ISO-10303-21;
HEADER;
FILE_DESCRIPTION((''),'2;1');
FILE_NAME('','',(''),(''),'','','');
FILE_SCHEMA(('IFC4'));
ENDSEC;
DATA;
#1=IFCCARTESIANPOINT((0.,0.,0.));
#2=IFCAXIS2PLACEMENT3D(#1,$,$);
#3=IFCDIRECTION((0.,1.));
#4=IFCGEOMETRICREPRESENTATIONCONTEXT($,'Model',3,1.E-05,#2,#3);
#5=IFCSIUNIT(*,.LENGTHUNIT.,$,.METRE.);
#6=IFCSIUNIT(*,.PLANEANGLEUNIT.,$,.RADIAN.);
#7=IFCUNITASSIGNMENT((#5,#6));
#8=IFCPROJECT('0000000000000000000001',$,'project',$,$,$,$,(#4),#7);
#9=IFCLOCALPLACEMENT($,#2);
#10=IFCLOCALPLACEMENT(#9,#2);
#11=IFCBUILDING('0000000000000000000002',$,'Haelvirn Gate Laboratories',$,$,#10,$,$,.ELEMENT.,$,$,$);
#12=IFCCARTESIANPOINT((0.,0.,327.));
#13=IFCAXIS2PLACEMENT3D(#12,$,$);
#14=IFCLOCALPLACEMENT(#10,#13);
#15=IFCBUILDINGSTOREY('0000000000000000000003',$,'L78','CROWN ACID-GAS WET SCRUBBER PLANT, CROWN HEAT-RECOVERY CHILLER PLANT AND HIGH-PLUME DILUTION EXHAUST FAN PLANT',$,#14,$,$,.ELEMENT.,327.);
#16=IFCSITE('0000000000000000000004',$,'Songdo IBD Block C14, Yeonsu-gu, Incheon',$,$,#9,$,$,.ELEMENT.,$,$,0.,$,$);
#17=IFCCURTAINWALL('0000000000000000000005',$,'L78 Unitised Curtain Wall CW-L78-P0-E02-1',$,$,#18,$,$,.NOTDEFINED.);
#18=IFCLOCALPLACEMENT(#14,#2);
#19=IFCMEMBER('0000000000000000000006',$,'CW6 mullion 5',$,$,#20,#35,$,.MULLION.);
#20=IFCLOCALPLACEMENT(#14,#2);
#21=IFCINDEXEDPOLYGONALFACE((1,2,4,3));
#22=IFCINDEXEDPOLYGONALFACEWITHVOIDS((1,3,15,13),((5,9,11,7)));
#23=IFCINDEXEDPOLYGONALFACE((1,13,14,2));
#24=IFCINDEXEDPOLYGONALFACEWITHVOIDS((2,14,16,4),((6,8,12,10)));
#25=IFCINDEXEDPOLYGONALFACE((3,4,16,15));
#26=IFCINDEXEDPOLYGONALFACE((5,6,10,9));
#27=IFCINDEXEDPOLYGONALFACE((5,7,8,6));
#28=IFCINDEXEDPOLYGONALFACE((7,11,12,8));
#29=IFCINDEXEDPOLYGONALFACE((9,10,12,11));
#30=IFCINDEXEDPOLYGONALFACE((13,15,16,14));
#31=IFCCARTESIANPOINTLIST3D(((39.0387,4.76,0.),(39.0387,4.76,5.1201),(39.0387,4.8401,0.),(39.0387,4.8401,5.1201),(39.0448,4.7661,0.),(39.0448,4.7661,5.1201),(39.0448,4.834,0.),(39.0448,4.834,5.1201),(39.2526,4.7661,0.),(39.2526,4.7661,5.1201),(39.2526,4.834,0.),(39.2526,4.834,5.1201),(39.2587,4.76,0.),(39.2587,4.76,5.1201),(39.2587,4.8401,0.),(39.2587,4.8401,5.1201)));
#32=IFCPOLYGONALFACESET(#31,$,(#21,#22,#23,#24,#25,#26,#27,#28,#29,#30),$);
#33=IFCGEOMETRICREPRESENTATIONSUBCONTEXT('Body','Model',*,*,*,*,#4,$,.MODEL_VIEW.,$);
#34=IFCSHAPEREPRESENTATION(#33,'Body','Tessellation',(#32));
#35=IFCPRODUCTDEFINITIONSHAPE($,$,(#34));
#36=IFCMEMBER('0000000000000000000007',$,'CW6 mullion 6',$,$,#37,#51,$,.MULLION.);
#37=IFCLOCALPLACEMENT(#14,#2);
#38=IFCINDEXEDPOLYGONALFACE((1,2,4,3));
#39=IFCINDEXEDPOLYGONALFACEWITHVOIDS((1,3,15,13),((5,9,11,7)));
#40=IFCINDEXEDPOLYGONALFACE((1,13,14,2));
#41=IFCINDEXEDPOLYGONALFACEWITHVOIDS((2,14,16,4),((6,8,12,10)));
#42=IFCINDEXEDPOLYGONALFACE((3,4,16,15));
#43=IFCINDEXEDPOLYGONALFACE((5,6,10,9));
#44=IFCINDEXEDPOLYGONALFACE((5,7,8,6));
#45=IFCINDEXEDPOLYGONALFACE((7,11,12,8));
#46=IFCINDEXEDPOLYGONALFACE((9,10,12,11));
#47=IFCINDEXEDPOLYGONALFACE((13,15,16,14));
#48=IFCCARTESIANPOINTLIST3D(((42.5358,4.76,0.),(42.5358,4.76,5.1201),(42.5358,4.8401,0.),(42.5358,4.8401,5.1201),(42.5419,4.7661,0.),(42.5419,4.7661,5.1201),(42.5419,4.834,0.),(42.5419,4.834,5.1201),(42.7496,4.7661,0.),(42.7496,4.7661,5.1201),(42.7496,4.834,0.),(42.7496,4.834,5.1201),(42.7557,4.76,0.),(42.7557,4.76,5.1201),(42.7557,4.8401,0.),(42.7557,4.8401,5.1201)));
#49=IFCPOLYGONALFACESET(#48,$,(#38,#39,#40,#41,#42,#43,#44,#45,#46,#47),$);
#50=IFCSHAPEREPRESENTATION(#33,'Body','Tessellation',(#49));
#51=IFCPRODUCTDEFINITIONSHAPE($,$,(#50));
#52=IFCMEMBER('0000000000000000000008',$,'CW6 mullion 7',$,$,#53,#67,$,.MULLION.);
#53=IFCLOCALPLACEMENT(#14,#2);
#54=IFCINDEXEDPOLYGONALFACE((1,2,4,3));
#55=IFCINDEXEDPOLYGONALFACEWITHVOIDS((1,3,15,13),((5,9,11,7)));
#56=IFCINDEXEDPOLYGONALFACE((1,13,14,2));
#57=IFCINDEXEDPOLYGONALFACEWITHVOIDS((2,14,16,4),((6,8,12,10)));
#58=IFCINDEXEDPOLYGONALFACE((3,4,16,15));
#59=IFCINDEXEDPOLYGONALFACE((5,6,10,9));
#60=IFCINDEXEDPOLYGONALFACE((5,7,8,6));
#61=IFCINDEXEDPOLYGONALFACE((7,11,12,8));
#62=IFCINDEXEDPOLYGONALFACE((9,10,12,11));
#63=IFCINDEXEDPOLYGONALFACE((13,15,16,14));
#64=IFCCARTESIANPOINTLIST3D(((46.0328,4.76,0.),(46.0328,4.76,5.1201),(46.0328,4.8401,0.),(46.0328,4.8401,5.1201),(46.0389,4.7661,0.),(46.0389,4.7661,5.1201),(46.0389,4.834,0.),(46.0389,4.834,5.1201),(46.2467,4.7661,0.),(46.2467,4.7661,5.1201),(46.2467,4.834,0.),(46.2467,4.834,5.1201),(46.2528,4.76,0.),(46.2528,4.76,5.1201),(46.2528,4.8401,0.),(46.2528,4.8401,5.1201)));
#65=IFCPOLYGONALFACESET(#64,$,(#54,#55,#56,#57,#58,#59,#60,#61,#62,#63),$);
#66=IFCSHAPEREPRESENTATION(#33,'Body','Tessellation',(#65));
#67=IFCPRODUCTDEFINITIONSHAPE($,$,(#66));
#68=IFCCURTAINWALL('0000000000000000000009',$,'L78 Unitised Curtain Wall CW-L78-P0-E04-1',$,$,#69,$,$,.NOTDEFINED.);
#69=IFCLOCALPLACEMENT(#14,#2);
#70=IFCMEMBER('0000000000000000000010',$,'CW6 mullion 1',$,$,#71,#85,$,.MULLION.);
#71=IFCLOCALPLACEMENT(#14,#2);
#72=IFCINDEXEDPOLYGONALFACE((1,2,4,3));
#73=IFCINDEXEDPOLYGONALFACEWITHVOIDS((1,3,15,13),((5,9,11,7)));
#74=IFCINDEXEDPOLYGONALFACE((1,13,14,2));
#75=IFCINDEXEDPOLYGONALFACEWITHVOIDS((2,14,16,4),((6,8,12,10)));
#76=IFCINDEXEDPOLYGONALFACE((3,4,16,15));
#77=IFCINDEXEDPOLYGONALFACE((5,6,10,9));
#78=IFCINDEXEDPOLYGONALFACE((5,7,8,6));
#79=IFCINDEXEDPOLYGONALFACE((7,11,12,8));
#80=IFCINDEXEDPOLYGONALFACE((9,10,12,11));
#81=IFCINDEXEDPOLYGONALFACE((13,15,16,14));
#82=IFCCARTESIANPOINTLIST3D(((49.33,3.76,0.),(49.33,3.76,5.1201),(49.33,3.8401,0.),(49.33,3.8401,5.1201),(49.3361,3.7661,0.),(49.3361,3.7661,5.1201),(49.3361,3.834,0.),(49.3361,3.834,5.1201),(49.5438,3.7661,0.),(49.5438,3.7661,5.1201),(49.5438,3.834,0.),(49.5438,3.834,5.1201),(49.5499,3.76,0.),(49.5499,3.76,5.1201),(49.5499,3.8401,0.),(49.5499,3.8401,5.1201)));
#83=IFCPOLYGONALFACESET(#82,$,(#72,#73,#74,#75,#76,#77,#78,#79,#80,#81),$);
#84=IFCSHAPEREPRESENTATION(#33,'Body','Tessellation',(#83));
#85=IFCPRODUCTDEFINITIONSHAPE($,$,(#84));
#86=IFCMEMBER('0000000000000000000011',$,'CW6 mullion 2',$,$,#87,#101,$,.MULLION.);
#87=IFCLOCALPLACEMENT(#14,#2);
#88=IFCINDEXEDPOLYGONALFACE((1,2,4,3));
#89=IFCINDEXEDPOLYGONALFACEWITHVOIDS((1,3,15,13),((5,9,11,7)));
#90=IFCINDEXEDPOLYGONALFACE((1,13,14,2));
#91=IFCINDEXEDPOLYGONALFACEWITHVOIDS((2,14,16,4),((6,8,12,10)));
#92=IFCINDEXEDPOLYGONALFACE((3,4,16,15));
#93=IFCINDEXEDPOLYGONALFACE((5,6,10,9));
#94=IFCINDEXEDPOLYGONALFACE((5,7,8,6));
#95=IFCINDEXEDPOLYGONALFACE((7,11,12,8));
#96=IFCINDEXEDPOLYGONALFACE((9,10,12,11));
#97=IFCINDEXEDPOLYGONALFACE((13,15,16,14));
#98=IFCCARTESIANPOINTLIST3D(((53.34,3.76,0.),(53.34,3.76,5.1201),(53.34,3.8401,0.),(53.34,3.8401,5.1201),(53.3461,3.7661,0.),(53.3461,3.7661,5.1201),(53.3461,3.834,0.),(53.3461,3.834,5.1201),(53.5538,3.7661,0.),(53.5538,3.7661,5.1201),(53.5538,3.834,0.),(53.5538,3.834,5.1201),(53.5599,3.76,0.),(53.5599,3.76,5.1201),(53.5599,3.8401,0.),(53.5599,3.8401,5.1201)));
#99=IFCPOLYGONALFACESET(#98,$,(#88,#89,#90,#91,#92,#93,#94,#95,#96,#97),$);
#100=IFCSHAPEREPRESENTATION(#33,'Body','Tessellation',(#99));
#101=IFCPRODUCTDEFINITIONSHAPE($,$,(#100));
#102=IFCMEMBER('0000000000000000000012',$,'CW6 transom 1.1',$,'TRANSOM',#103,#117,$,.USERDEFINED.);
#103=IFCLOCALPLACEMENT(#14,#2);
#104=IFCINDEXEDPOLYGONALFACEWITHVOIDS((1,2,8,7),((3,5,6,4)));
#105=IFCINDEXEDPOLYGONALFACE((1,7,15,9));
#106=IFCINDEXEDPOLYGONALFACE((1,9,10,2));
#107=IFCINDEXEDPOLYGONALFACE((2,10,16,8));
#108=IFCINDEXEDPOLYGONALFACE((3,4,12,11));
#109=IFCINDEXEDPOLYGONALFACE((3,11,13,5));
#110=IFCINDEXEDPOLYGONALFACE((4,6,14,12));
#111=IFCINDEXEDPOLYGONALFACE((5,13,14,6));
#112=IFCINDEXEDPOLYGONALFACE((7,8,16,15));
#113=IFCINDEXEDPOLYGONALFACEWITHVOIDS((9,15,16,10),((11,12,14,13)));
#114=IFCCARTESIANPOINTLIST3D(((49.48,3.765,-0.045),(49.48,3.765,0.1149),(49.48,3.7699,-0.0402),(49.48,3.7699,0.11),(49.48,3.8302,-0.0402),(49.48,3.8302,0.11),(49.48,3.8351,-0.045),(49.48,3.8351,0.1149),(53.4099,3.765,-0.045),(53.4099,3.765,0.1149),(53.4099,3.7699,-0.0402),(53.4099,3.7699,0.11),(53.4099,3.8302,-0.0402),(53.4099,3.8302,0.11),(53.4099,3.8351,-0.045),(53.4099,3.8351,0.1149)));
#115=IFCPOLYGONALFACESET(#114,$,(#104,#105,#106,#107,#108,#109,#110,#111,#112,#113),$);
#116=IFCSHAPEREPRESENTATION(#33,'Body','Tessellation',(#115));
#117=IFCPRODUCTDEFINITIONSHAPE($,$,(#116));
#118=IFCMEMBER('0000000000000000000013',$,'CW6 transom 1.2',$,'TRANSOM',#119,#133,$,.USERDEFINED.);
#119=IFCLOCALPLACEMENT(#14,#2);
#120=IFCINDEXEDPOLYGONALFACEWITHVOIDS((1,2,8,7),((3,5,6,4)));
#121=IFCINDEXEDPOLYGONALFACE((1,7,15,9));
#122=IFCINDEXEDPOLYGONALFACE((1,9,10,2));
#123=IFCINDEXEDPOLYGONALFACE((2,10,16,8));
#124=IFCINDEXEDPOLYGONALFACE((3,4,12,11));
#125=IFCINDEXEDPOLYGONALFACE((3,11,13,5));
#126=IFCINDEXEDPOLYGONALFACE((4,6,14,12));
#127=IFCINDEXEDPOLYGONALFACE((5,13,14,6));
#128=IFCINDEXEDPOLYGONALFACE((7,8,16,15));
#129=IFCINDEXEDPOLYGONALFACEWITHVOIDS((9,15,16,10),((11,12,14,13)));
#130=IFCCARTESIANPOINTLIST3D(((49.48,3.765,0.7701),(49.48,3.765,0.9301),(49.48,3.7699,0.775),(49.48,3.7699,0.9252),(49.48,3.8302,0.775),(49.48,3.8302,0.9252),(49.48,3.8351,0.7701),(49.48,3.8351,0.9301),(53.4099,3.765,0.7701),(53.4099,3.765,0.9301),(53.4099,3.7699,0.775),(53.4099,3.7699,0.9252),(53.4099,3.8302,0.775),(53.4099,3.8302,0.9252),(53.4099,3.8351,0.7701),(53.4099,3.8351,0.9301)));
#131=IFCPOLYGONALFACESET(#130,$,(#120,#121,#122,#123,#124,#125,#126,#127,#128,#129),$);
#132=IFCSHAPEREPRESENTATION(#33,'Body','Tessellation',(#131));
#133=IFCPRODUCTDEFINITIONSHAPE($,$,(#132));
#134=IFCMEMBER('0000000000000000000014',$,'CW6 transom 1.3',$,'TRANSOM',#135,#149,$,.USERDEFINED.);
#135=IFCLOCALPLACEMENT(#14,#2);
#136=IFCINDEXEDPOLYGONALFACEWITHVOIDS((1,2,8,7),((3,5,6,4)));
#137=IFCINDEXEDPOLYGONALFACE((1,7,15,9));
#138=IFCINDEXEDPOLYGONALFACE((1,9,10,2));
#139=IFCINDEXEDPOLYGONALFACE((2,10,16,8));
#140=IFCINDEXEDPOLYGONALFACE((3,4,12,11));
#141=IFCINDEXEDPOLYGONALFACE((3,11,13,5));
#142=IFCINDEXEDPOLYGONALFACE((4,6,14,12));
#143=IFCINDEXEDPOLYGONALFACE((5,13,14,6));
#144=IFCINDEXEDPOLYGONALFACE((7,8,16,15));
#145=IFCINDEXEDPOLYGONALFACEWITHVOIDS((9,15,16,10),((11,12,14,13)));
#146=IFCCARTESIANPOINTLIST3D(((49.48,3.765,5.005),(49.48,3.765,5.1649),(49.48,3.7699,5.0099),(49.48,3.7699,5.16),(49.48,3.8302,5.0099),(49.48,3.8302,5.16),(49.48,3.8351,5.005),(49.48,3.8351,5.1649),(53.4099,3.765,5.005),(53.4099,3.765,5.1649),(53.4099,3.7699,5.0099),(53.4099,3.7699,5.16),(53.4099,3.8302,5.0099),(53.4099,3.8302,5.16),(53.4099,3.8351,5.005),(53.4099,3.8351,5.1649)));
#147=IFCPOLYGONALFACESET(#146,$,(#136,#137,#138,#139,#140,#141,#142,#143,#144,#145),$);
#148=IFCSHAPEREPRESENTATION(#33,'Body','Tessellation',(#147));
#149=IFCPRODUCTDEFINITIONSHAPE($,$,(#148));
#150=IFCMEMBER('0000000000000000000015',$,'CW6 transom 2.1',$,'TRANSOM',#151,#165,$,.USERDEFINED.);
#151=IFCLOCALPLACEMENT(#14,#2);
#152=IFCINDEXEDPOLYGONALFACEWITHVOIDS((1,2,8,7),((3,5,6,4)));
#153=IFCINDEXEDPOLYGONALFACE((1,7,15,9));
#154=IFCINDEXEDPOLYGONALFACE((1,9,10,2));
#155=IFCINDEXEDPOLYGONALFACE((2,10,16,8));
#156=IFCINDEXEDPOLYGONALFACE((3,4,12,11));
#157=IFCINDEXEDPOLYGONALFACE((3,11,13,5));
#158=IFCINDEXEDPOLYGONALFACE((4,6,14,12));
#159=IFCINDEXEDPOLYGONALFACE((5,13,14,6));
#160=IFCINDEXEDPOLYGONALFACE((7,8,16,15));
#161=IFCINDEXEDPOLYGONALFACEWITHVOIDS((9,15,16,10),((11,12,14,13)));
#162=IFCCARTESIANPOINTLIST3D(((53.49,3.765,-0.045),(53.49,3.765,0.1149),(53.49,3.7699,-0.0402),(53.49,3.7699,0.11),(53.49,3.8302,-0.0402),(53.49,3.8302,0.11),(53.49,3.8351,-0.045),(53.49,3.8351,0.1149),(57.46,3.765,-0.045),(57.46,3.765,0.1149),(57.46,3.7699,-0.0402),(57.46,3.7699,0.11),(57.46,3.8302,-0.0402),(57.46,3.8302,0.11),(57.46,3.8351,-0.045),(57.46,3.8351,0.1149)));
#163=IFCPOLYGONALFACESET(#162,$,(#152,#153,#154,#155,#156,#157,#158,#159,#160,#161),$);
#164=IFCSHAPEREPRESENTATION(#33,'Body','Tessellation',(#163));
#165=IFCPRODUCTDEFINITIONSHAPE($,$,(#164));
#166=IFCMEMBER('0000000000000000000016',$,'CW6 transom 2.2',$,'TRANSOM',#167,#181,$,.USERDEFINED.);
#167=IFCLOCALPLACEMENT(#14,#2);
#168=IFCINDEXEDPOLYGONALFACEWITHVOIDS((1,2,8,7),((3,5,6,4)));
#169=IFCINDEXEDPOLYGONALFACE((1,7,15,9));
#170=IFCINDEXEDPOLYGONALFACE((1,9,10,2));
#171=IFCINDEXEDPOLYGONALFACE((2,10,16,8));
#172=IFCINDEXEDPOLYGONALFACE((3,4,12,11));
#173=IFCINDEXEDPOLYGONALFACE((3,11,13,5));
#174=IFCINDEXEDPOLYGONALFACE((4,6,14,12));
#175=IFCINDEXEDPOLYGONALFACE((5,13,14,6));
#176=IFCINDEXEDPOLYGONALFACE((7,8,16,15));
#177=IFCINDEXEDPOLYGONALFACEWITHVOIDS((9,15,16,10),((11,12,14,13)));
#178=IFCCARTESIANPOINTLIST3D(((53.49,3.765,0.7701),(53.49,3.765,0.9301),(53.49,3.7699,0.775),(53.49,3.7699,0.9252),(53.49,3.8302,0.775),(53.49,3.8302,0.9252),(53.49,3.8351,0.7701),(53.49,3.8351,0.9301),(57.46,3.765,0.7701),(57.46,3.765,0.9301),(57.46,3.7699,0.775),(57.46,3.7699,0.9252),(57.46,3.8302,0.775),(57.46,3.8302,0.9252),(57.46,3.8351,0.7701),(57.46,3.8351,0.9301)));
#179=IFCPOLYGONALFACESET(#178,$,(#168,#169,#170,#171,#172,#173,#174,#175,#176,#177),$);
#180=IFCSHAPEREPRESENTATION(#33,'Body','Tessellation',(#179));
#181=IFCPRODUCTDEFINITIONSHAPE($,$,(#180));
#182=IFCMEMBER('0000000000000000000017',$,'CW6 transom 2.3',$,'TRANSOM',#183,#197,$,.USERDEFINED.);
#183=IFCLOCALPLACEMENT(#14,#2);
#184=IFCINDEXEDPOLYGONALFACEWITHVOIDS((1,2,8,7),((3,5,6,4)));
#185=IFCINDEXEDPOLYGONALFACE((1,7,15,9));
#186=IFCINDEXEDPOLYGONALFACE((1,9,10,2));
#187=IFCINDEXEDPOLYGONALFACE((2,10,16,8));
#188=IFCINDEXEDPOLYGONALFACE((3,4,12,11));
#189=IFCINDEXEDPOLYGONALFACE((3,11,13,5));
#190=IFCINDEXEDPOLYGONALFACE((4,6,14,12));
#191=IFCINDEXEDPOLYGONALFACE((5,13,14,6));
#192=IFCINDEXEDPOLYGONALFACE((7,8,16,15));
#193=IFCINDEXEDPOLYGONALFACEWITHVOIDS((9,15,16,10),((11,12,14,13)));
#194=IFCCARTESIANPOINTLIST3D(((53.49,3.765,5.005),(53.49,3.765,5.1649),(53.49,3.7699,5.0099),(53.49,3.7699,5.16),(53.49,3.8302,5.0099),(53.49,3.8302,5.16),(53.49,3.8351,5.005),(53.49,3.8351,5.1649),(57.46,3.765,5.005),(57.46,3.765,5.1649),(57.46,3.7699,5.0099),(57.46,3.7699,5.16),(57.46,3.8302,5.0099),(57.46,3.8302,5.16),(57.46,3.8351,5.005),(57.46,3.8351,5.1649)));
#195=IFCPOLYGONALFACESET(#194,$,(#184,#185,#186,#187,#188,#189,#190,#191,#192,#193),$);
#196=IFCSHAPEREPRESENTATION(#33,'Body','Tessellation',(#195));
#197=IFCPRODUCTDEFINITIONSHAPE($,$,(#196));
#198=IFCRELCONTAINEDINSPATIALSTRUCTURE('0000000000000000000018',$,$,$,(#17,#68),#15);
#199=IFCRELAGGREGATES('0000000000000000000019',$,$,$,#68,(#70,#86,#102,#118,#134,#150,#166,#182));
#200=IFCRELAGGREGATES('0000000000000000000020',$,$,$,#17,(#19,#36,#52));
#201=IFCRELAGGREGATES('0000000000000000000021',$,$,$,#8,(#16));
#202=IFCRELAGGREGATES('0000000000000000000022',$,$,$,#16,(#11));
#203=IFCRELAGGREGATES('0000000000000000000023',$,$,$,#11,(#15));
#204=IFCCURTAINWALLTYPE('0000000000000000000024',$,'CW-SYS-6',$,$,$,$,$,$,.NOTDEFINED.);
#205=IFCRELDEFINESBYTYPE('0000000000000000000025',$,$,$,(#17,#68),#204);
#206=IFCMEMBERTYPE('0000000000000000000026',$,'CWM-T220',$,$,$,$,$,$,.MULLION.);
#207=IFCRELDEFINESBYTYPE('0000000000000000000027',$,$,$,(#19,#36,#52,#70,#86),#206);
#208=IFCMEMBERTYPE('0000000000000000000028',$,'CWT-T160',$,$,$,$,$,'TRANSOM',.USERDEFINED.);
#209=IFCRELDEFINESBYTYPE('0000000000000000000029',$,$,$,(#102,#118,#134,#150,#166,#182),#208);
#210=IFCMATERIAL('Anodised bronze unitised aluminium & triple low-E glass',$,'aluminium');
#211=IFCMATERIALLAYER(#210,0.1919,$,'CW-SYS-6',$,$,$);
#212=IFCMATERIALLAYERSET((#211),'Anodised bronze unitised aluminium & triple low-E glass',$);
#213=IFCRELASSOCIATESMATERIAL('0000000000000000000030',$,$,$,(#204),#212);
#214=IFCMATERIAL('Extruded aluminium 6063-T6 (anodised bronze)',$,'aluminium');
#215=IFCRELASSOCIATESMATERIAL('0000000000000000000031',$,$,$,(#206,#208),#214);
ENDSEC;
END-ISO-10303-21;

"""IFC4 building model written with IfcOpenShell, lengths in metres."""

from ifc_helpers import new_model, si_unit, direction, frame, origin, origin_2d, place, context, subcontext, project, spatial, hollow_rectangle, extrude, source, transform, mapped, material, layer, layer_set, material_profile, profile_set, type_object, type_shapes, element, aggregate, save


model = new_model("IFC4")

# Units and contexts
model_context = context("Model", 3, precision=1e-05, world=origin(), true_north=direction((0.0, 1.0)))
body_context = subcontext(model_context, "Body", "Model", "MODEL_VIEW")
ifc_project = project(units=[si_unit("LENGTHUNIT", "METRE"), si_unit("PLANEANGLEUNIT", "RADIAN")], contexts=[model_context])

# Site, building, storey
site_placement = place(None, origin())
site = spatial("IfcSite", under=ifc_project, at=site_placement, Name="Songdo IBD Block C14, Yeonsu-gu, Incheon", CompositionType="ELEMENT", RefElevation=0.0)
building_placement = place(site_placement, origin())
building = spatial("IfcBuilding", under=site, at=building_placement, Name="Haelvirn Gate Laboratories", CompositionType="ELEMENT")
storey_placement = place(building_placement, frame((0.0, 0.0, 327.0)))
storey = spatial("IfcBuildingStorey", under=building, at=storey_placement, Name="L78", Description="CROWN ACID-GAS WET SCRUBBER PLANT, CROWN HEAT-RECOVERY CHILLER PLANT AND HIGH-PLUME DILUTION EXHAUST FAN PLANT", CompositionType="ELEMENT", Elevation=327.0)

# Curtain walls, members
ifc_material_1 = material(Name="Anodised bronze unitised aluminium & triple low-E glass", Category="aluminium")
ifc_layer_1 = layer(ifc_material_1, 0.1919, Name="CW-SYS-6")
ifc_layer_set_1 = layer_set([ifc_layer_1], Name="Anodised bronze unitised aluminium & triple low-E glass")
curtain_wall_type = type_object("IfcCurtainWallType", Name="CW-SYS-6", PredefinedType="NOTDEFINED", material=ifc_layer_set_1)
curtain_wall_1_placement = place(storey_placement, origin())
curtain_wall_1 = element("IfcCurtainWall", 1, at=curtain_wall_1_placement, inside=storey, type_object=curtain_wall_type, Name="L78 Unitised Curtain Wall CW-L78-P0-E02-1", PredefinedType="NOTDEFINED")
ifc_material_2 = material(Name="Extruded aluminium 6063-T6 (anodised bronze)", Category="aluminium")
ifc_material_profile_1 = material_profile(ifc_material_2, hollow_rectangle(XDim=0.0801, YDim=0.22, WallThickness=0.0061, at=origin_2d()), Name="CWM-220x80x6")
ifc_profile_set_1 = profile_set([ifc_material_profile_1], Name="Extruded aluminium 6063-T6 (anodised bronze)")
member_type_1 = type_object("IfcMemberType", Name="CWM-T220", PredefinedType="MULLION", material=ifc_profile_set_1)
shared_shape_1 = source(origin(), body_context, "Body", "SweptSolid", [
    extrude(hollow_rectangle(XDim=0.0801, YDim=0.22, WallThickness=0.0061, at=origin_2d()), origin(), (0.0, 0.0, 1.0), 5.1201),
])
type_shapes(member_type_1, [shared_shape_1])
member_1_placement = place(storey_placement, frame((39.1487, 4.8, 0.0), z_axis=(0.0, 0.0, 1.0), x_axis=(0.0, 1.0, 0.0)))
member_1 = element("IfcMember", 2, at=member_1_placement, type_object=member_type_1, Name="CW6 mullion 5", PredefinedType="MULLION", context=body_context, shape_type="MappedRepresentation", body=[
    mapped(shared_shape_1, transform((0.0, 0.0, 0.0), scale=1.0)),
])
member_2_placement = place(storey_placement, frame((42.6458, 4.8, 0.0), z_axis=(0.0, 0.0, 1.0), x_axis=(0.0, 1.0, 0.0)))
member_2 = element("IfcMember", 3, at=member_2_placement, type_object=member_type_1, Name="CW6 mullion 6", PredefinedType="MULLION", context=body_context, shape_type="MappedRepresentation", body=[
    mapped(shared_shape_1, transform((0.0, 0.0, 0.0), scale=1.0)),
])
member_3_placement = place(storey_placement, frame((46.1428, 4.8, 0.0), z_axis=(0.0, 0.0, 1.0), x_axis=(0.0, 1.0, 0.0)))
member_3 = element("IfcMember", 4, at=member_3_placement, type_object=member_type_1, Name="CW6 mullion 7", PredefinedType="MULLION", context=body_context, shape_type="MappedRepresentation", body=[
    mapped(shared_shape_1, transform((0.0, 0.0, 0.0), scale=1.0)),
])
curtain_wall_2_placement = place(storey_placement, origin())
curtain_wall_2 = element("IfcCurtainWall", 5, at=curtain_wall_2_placement, inside=storey, type_object=curtain_wall_type, Name="L78 Unitised Curtain Wall CW-L78-P0-E04-1", PredefinedType="NOTDEFINED")
member_4_placement = place(storey_placement, frame((49.4399, 3.8, 0.0), z_axis=(0.0, 0.0, 1.0), x_axis=(0.0, 1.0, 0.0)))
member_4 = element("IfcMember", 6, at=member_4_placement, type_object=member_type_1, Name="CW6 mullion 1", PredefinedType="MULLION", context=body_context, shape_type="MappedRepresentation", body=[
    mapped(shared_shape_1, transform((0.0, 0.0, 0.0), scale=1.0)),
])
member_5_placement = place(storey_placement, frame((53.45, 3.8, 0.0), z_axis=(0.0, 0.0, 1.0), x_axis=(0.0, 1.0, 0.0)))
member_5 = element("IfcMember", 7, at=member_5_placement, type_object=member_type_1, Name="CW6 mullion 2", PredefinedType="MULLION", context=body_context, shape_type="MappedRepresentation", body=[
    mapped(shared_shape_1, transform((0.0, 0.0, 0.0), scale=1.0)),
])
ifc_material_profile_2 = material_profile(ifc_material_2, hollow_rectangle(XDim=0.0701, YDim=0.1599, WallThickness=0.0049, at=origin_2d()), Name="CWT-160x70x5")
ifc_profile_set_2 = profile_set([ifc_material_profile_2], Name="Extruded aluminium 6063-T6 (anodised bronze)")
member_type_2 = type_object("IfcMemberType", Name="CWT-T160", ElementType="TRANSOM", PredefinedType="USERDEFINED", material=ifc_profile_set_2)
shared_shape_2 = source(origin(), body_context, "Body", "SweptSolid", [
    extrude(hollow_rectangle(XDim=0.0701, YDim=0.1599, WallThickness=0.0049, at=origin_2d()), origin(), (0.0, 0.0, 1.0), 3.9299),
])
member_6_placement = place(storey_placement, frame((49.48, 3.8, 0.0349), z_axis=(1.0, 0.0, 0.0), x_axis=(0.0, 1.0, 0.0)))
member_6 = element("IfcMember", 8, at=member_6_placement, type_object=member_type_2, Name="CW6 transom 1.1", ObjectType="TRANSOM", PredefinedType="USERDEFINED", context=body_context, shape_type="MappedRepresentation", body=[
    mapped(shared_shape_2, transform((0.0, 0.0, 0.0), scale=1.0)),
])
member_7_placement = place(storey_placement, frame((49.48, 3.8, 0.8501), z_axis=(1.0, 0.0, 0.0), x_axis=(0.0, 1.0, 0.0)))
member_7 = element("IfcMember", 9, at=member_7_placement, type_object=member_type_2, Name="CW6 transom 1.2", ObjectType="TRANSOM", PredefinedType="USERDEFINED", context=body_context, shape_type="MappedRepresentation", body=[
    mapped(shared_shape_2, transform((0.0, 0.0, 0.0), scale=1.0)),
])
member_8_placement = place(storey_placement, frame((49.48, 3.8, 5.085), z_axis=(1.0, 0.0, 0.0), x_axis=(0.0, 1.0, 0.0)))
member_8 = element("IfcMember", 10, at=member_8_placement, type_object=member_type_2, Name="CW6 transom 1.3", ObjectType="TRANSOM", PredefinedType="USERDEFINED", context=body_context, shape_type="MappedRepresentation", body=[
    mapped(shared_shape_2, transform((0.0, 0.0, 0.0), scale=1.0)),
])
shared_shape_3 = source(origin(), body_context, "Body", "SweptSolid", [
    extrude(hollow_rectangle(XDim=0.0701, YDim=0.1599, WallThickness=0.0049, at=origin_2d()), origin(), (0.0, 0.0, 1.0), 3.97),
])
member_9_placement = place(storey_placement, frame((53.49, 3.8, 0.0349), z_axis=(1.0, 0.0, 0.0), x_axis=(0.0, 1.0, 0.0)))
member_9 = element("IfcMember", 11, at=member_9_placement, type_object=member_type_2, Name="CW6 transom 2.1", ObjectType="TRANSOM", PredefinedType="USERDEFINED", context=body_context, shape_type="MappedRepresentation", body=[
    mapped(shared_shape_3, transform((0.0, 0.0, 0.0), scale=1.0)),
])
member_10_placement = place(storey_placement, frame((53.49, 3.8, 0.8501), z_axis=(1.0, 0.0, 0.0), x_axis=(0.0, 1.0, 0.0)))
member_10 = element("IfcMember", 12, at=member_10_placement, type_object=member_type_2, Name="CW6 transom 2.2", ObjectType="TRANSOM", PredefinedType="USERDEFINED", context=body_context, shape_type="MappedRepresentation", body=[
    mapped(shared_shape_3, transform((0.0, 0.0, 0.0), scale=1.0)),
])
member_11_placement = place(storey_placement, frame((53.49, 3.8, 5.085), z_axis=(1.0, 0.0, 0.0), x_axis=(0.0, 1.0, 0.0)))
member_11 = element("IfcMember", 13, at=member_11_placement, type_object=member_type_2, Name="CW6 transom 2.3", ObjectType="TRANSOM", PredefinedType="USERDEFINED", context=body_context, shape_type="MappedRepresentation", body=[
    mapped(shared_shape_3, transform((0.0, 0.0, 0.0), scale=1.0)),
])

aggregate(curtain_wall_2, [member_4, member_5, member_6, member_7, member_8, member_9, member_10, member_11])
aggregate(curtain_wall_1, [member_1, member_2, member_3])

save(model, "model.ifc")
